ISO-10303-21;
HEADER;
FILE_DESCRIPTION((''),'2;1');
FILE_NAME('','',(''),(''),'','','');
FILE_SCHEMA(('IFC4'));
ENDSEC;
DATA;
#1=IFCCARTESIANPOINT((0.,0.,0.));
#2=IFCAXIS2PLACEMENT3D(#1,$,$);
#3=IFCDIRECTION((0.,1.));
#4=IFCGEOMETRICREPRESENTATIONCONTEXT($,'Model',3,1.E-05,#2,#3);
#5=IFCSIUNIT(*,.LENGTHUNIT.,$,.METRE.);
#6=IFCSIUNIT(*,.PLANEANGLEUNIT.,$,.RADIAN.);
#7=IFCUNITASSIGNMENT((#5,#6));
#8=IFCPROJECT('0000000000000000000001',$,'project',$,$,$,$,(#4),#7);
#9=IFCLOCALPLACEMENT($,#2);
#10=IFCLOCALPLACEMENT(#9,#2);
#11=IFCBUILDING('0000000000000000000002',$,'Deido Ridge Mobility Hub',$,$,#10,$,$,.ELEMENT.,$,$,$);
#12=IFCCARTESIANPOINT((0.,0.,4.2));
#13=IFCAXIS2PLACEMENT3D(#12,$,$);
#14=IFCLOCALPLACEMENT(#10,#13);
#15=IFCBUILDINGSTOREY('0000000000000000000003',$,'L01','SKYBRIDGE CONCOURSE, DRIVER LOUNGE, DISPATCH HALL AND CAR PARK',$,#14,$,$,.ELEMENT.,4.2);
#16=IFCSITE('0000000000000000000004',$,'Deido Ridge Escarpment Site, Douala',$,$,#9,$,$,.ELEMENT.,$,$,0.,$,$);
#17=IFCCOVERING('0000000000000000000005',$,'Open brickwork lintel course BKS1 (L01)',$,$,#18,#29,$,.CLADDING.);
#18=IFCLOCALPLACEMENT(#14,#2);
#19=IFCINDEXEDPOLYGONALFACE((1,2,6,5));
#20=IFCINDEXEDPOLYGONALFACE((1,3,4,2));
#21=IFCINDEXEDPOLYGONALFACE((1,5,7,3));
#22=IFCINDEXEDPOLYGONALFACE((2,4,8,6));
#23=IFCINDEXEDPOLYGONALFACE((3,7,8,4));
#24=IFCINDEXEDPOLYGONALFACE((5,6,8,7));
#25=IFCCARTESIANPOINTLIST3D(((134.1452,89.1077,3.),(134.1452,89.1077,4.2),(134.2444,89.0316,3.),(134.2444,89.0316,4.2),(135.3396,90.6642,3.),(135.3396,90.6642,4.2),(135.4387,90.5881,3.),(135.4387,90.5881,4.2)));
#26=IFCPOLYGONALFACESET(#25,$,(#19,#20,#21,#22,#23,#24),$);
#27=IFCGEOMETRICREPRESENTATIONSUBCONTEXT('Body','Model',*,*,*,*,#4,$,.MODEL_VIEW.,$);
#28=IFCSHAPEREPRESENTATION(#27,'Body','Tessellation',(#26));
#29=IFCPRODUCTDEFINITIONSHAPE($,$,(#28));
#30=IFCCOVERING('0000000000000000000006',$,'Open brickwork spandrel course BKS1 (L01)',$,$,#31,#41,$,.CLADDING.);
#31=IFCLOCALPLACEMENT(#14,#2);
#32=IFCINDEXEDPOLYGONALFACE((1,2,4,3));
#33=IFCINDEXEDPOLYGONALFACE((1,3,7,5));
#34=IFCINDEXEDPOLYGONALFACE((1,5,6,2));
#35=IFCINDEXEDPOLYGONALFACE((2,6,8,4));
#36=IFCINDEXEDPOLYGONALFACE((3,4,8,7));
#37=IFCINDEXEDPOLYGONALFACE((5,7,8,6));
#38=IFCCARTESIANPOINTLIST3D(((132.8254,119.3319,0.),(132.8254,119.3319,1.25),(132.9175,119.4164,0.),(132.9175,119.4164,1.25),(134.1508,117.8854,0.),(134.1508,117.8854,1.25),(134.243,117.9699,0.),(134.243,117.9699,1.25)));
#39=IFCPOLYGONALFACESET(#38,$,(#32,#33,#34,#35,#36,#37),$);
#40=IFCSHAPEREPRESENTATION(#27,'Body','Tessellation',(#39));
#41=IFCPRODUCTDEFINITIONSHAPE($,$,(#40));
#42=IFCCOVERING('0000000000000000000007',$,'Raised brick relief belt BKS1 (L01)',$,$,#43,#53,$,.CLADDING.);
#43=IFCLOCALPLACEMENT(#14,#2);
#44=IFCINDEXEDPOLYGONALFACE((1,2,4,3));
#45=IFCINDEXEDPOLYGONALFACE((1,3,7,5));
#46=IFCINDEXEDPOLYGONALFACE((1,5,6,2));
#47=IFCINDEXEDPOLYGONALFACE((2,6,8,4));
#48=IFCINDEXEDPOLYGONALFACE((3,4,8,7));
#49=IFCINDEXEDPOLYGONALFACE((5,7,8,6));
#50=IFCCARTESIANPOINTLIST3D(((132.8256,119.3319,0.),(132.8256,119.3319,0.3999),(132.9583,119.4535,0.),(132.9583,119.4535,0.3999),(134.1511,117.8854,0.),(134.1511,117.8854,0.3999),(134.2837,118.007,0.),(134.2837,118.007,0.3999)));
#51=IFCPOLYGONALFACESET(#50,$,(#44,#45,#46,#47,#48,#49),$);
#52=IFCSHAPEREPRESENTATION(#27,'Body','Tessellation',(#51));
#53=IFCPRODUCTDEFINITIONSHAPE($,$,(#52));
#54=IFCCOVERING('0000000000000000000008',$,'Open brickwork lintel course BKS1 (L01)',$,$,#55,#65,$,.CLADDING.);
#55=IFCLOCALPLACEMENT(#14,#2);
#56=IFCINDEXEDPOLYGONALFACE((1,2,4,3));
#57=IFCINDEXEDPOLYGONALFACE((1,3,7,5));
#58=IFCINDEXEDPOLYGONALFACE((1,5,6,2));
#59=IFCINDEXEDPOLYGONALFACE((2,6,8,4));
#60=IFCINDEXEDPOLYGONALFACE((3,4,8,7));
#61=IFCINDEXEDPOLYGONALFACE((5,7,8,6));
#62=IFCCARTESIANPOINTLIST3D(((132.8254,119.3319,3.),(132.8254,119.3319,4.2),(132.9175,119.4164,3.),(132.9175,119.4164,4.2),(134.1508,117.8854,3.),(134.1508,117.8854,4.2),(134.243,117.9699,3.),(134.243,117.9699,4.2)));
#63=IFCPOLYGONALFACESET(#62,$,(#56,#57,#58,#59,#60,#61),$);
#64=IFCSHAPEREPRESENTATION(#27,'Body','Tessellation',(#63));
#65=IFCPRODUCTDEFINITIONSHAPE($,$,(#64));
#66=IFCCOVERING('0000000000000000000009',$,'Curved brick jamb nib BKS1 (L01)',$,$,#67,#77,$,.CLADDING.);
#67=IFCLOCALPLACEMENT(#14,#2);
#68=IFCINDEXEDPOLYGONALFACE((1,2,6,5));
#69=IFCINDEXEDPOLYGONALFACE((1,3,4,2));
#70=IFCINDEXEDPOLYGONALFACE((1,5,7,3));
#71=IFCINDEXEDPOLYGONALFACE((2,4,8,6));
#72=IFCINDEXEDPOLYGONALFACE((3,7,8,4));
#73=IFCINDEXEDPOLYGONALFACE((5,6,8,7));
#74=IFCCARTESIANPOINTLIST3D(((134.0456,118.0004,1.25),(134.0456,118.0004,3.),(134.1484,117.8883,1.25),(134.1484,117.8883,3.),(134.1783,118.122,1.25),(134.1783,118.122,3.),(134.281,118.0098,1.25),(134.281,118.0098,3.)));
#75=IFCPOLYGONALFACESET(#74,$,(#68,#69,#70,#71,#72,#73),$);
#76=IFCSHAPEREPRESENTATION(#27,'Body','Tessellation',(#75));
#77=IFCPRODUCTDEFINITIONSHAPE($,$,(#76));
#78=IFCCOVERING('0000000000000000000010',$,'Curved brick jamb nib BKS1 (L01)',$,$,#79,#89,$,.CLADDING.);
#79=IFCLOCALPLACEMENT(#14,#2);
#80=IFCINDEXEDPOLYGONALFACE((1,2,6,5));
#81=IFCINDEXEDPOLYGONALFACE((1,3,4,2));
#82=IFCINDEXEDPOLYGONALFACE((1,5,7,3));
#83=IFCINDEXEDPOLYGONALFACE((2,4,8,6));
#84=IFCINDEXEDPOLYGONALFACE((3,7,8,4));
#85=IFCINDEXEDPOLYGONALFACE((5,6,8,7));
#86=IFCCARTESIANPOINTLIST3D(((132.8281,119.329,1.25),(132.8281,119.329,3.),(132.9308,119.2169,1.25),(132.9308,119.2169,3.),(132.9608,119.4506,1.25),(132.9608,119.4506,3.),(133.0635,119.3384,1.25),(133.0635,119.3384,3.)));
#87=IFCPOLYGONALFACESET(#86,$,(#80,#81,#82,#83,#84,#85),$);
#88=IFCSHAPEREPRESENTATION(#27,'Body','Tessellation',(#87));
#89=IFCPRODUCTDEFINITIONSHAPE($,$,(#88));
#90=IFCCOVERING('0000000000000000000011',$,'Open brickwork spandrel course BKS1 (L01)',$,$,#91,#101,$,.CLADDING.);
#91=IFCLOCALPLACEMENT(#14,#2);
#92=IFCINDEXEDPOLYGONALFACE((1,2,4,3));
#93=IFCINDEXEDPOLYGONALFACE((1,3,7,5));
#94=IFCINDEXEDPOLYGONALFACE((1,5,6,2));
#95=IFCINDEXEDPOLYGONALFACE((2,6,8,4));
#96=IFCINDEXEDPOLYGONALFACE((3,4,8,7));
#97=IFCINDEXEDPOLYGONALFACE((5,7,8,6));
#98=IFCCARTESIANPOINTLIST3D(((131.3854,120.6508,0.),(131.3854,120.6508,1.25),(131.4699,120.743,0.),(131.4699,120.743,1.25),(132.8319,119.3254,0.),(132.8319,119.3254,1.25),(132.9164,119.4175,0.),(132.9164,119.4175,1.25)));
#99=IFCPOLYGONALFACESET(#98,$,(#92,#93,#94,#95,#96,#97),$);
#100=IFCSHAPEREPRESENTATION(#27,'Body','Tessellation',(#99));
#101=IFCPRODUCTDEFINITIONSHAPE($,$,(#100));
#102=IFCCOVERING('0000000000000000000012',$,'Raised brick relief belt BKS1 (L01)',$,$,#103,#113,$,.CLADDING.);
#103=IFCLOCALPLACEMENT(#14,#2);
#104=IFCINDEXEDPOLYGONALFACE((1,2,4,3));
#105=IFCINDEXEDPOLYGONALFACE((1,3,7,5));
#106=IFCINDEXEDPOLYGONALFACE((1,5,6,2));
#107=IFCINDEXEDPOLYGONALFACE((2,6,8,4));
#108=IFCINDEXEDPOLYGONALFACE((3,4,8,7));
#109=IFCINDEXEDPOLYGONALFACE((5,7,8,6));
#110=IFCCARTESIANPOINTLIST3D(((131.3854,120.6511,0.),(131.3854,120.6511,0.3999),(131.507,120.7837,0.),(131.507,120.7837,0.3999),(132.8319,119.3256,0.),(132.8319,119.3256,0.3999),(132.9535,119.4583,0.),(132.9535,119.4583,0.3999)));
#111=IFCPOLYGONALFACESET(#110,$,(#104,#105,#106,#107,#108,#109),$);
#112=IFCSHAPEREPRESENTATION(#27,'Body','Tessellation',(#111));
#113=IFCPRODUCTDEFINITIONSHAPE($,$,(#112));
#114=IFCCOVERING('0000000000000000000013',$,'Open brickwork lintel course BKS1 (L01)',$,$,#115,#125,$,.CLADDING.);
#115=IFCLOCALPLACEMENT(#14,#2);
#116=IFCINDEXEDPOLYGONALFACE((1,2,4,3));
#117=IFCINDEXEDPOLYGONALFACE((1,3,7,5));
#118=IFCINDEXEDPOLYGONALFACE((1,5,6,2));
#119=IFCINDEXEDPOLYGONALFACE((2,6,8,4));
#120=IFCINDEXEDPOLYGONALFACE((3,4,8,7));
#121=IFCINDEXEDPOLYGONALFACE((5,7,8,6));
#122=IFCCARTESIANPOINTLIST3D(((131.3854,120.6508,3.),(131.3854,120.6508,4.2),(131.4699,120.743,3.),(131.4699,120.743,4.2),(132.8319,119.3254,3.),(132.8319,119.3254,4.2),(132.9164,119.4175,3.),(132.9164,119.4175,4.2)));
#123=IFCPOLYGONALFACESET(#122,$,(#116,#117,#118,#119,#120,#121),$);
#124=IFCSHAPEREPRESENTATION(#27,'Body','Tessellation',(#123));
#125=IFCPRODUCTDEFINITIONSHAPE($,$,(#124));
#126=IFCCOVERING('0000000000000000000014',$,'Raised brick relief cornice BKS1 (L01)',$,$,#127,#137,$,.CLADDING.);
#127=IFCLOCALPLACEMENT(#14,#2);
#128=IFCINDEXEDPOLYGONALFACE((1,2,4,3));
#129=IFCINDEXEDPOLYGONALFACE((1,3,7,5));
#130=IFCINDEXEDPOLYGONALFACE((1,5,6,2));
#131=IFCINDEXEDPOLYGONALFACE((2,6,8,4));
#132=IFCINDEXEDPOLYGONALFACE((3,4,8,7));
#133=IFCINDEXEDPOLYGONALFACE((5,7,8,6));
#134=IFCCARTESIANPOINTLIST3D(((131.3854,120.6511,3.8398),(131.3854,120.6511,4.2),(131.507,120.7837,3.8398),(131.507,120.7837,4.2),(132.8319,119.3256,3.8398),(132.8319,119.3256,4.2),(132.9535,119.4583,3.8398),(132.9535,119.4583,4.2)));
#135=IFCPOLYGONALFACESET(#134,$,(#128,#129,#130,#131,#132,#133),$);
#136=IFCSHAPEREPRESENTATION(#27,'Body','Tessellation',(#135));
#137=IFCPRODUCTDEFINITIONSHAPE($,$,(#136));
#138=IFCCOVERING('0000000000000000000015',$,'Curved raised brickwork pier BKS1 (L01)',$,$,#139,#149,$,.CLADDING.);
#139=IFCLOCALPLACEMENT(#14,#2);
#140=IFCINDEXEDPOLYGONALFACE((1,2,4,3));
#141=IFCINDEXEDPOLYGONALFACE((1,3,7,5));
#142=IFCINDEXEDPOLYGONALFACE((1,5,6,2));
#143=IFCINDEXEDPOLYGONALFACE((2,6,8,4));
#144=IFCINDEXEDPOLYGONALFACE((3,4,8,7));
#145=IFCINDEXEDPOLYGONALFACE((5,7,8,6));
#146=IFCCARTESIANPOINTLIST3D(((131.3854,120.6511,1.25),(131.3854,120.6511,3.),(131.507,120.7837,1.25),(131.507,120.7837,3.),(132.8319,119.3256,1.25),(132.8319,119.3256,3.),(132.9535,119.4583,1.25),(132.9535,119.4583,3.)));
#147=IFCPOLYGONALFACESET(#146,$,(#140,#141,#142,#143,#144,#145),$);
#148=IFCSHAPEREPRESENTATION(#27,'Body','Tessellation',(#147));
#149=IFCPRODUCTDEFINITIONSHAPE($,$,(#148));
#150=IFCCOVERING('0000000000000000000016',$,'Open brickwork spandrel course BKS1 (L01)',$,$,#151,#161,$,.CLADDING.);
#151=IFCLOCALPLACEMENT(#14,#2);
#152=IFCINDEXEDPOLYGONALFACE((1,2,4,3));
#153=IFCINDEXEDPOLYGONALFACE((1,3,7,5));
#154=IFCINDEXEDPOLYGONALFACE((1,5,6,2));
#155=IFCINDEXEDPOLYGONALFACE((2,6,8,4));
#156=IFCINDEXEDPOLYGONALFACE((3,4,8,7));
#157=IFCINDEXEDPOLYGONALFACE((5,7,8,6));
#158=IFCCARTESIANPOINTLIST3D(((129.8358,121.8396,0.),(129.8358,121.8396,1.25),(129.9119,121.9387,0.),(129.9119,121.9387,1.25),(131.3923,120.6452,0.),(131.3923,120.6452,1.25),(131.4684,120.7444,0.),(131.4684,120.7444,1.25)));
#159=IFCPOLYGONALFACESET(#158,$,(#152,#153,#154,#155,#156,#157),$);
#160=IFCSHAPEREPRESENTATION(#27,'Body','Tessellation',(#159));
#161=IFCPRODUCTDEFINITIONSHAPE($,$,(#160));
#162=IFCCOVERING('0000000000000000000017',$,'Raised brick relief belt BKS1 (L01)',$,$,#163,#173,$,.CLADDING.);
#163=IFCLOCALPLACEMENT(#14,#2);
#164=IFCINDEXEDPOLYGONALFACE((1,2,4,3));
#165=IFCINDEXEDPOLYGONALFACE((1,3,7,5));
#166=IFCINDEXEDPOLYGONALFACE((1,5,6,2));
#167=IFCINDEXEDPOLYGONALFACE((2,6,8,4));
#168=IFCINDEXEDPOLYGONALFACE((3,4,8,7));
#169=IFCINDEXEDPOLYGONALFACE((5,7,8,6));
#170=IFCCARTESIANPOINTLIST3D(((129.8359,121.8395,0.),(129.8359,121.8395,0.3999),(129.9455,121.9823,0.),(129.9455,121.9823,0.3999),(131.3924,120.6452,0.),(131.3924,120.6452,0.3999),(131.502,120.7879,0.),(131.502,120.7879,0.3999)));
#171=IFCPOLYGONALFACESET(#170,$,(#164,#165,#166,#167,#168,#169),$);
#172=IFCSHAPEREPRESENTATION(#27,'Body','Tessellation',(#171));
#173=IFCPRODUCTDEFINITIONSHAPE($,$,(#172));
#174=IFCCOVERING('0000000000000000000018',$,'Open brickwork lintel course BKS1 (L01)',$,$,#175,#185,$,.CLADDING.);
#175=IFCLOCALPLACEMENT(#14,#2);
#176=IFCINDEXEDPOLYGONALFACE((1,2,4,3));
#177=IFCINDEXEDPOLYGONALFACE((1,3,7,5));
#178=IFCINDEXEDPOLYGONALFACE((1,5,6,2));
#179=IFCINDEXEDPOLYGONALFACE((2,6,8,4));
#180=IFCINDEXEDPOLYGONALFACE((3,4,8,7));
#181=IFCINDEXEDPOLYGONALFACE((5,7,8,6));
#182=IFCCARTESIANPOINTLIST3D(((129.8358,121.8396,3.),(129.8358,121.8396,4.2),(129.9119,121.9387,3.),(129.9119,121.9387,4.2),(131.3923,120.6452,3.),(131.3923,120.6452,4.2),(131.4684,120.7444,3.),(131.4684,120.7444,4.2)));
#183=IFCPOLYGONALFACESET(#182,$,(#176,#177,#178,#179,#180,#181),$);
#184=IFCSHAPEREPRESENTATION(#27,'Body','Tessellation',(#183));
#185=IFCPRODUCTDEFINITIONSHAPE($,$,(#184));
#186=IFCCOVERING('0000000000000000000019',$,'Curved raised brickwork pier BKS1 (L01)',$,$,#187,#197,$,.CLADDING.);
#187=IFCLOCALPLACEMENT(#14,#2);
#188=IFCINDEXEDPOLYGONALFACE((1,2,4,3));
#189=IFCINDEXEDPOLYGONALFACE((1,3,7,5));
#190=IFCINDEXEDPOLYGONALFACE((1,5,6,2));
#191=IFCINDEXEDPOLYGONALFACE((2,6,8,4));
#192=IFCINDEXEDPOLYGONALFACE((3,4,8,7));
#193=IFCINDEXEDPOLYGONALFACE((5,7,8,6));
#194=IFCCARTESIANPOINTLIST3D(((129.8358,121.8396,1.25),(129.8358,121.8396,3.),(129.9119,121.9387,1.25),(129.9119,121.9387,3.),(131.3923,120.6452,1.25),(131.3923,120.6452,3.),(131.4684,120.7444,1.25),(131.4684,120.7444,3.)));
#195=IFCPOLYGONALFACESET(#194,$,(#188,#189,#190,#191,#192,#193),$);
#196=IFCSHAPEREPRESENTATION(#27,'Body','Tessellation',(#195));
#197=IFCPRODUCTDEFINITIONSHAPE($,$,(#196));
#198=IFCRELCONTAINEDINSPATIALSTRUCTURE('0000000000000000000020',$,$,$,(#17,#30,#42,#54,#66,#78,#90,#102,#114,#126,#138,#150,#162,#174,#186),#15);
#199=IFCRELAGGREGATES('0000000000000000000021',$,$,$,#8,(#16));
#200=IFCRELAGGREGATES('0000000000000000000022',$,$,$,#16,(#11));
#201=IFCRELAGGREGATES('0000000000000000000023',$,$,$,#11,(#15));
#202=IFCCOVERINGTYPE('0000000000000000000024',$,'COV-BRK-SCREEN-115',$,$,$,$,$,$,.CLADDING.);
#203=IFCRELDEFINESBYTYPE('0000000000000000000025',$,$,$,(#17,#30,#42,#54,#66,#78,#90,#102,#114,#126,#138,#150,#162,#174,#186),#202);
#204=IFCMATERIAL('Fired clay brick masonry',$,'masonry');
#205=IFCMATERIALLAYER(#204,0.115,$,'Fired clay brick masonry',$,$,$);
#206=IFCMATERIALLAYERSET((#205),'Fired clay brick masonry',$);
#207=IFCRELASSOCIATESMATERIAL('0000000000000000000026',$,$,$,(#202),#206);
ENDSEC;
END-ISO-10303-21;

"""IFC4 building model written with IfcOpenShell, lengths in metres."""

from ifc_helpers import new_model, si_unit, direction, frame, origin, origin_2d, place, context, subcontext, project, spatial, rectangle, extrude, material, layer, layer_set, type_object, element, save


model = new_model("IFC4")

# Units and contexts
model_context = context("Model", 3, precision=1e-05, world=origin(), true_north=direction((0.0, 1.0)))
body_context = subcontext(model_context, "Body", "Model", "MODEL_VIEW")
ifc_project = project(units=[si_unit("LENGTHUNIT", "METRE"), si_unit("PLANEANGLEUNIT", "RADIAN")], contexts=[model_context])

# Site, building, storey
site_placement = place(None, origin())
site = spatial("IfcSite", under=ifc_project, at=site_placement, Name="Deido Ridge Escarpment Site, Douala", CompositionType="ELEMENT", RefElevation=0.0)
building_placement = place(site_placement, origin())
building = spatial("IfcBuilding", under=site, at=building_placement, Name="Deido Ridge Mobility Hub", CompositionType="ELEMENT")
storey_placement = place(building_placement, frame((0.0, 0.0, 4.2)))
storey = spatial("IfcBuildingStorey", under=building, at=storey_placement, Name="L01", Description="SKYBRIDGE CONCOURSE, DRIVER LOUNGE, DISPATCH HALL AND CAR PARK", CompositionType="ELEMENT", Elevation=4.2)

# Coverings
ifc_material_1 = material(Name="Fired clay brick masonry", Category="masonry")
ifc_layer = layer(ifc_material_1, 0.115, Name="Fired clay brick masonry")
ifc_layer_set = layer_set([ifc_layer], Name="Fired clay brick masonry")
covering_type = type_object("IfcCoveringType", Name="COV-BRK-SCREEN-115", PredefinedType="CLADDING", material=ifc_layer_set)
covering_1_placement = place(storey_placement, frame((134.792, 89.8479, 3.0), z_axis=(0.0, 0.0, 1.0), x_axis=(0.608761, 0.793353, 0.0)))
element("IfcCovering", 1, at=covering_1_placement, inside=storey, type_object=covering_type, Name="Open brickwork lintel course BKS1 (L01)", PredefinedType="CLADDING", context=body_context, shape_type="SweptSolid", body=[
    extrude(rectangle(XDim=1.9619, YDim=0.125, at=origin_2d()), origin(), (0.0, 0.0, 1.0), 1.2),
])
covering_2_placement = place(storey_placement, frame((133.5342, 118.6509, 0.0), z_axis=(0.0, 0.0, 1.0), x_axis=(-0.675577, 0.737289, 0.0)))
element("IfcCovering", 2, at=covering_2_placement, inside=storey, type_object=covering_type, Name="Open brickwork spandrel course BKS1 (L01)", PredefinedType="CLADDING", context=body_context, shape_type="SweptSolid", body=[
    extrude(rectangle(XDim=1.9619, YDim=0.125, at=origin_2d()), origin(), (0.0, 0.0, 1.0), 1.25),
])
covering_3_placement = place(storey_placement, frame((133.5547, 118.6694, 0.0), z_axis=(0.0, 0.0, 1.0), x_axis=(-0.675577, 0.737289, 0.0)))
element("IfcCovering", 3, at=covering_3_placement, inside=storey, type_object=covering_type, Name="Raised brick relief belt BKS1 (L01)", PredefinedType="CLADDING", context=body_context, shape_type="SweptSolid", body=[
    extrude(rectangle(XDim=1.9619, YDim=0.1799, at=origin_2d()), origin(), (0.0, 0.0, 1.0), 0.3999),
])
covering_4_placement = place(storey_placement, frame((133.5342, 118.6509, 3.0), z_axis=(0.0, 0.0, 1.0), x_axis=(-0.675577, 0.737289, 0.0)))
element("IfcCovering", 4, at=covering_4_placement, inside=storey, type_object=covering_type, Name="Open brickwork lintel course BKS1 (L01)", PredefinedType="CLADDING", context=body_context, shape_type="SweptSolid", body=[
    extrude(rectangle(XDim=1.9619, YDim=0.125, at=origin_2d()), origin(), (0.0, 0.0, 1.0), 1.2),
])
for number, where, z_axis, x_axis, name in (
    (5, (134.1633, 118.0051, 1.25), (0.0, 0.0, 1.0), (-0.675577, 0.737289, 0.0), "Curved brick jamb nib BKS1 (L01)"),
    (6, (132.9458, 119.3337, 1.25), (0.0, 0.0, 1.0), (-0.675577, 0.737289, 0.0), "Curved brick jamb nib BKS1 (L01)"),
):
    element("IfcCovering", number, at=place(storey_placement, frame(where, z_axis=z_axis, x_axis=x_axis)), inside=storey, type_object=covering_type, Name=name, PredefinedType="CLADDING", context=body_context, shape_type="SweptSolid", body=[
        extrude(rectangle(XDim=0.1521, YDim=0.1799, at=origin_2d()), origin(), (0.0, 0.0, 1.0), 1.75),
    ])
covering_5_placement = place(storey_placement, frame((132.1509, 120.0342, 0.0), z_axis=(0.0, 0.0, 1.0), x_axis=(-0.737289, 0.675577, 0.0)))
element("IfcCovering", 7, at=covering_5_placement, inside=storey, type_object=covering_type, Name="Open brickwork spandrel course BKS1 (L01)", PredefinedType="CLADDING", context=body_context, shape_type="SweptSolid", body=[
    extrude(rectangle(XDim=1.9619, YDim=0.125, at=origin_2d()), origin(), (0.0, 0.0, 1.0), 1.25),
])
covering_6_placement = place(storey_placement, frame((132.1694, 120.0547, 0.0), z_axis=(0.0, 0.0, 1.0), x_axis=(-0.737289, 0.675577, 0.0)))
element("IfcCovering", 8, at=covering_6_placement, inside=storey, type_object=covering_type, Name="Raised brick relief belt BKS1 (L01)", PredefinedType="CLADDING", context=body_context, shape_type="SweptSolid", body=[
    extrude(rectangle(XDim=1.9619, YDim=0.1799, at=origin_2d()), origin(), (0.0, 0.0, 1.0), 0.3999),
])
covering_7_placement = place(storey_placement, frame((132.1509, 120.0342, 3.0), z_axis=(0.0, 0.0, 1.0), x_axis=(-0.737289, 0.675577, 0.0)))
element("IfcCovering", 9, at=covering_7_placement, inside=storey, type_object=covering_type, Name="Open brickwork lintel course BKS1 (L01)", PredefinedType="CLADDING", context=body_context, shape_type="SweptSolid", body=[
    extrude(rectangle(XDim=1.9619, YDim=0.125, at=origin_2d()), origin(), (0.0, 0.0, 1.0), 1.2),
])
covering_8_placement = place(storey_placement, frame((132.1694, 120.0547, 3.8398), z_axis=(0.0, 0.0, 1.0), x_axis=(-0.737289, 0.675577, 0.0)))
element("IfcCovering", 10, at=covering_8_placement, inside=storey, type_object=covering_type, Name="Raised brick relief cornice BKS1 (L01)", PredefinedType="CLADDING", context=body_context, shape_type="SweptSolid", body=[
    extrude(rectangle(XDim=1.9619, YDim=0.1799, at=origin_2d()), origin(), (0.0, 0.0, 1.0), 0.3601),
])
covering_9_placement = place(storey_placement, frame((132.1694, 120.0547, 1.25), z_axis=(0.0, 0.0, 1.0), x_axis=(-0.737289, 0.675577, 0.0)))
element("IfcCovering", 11, at=covering_9_placement, inside=storey, type_object=covering_type, Name="Curved raised brickwork pier BKS1 (L01)", PredefinedType="CLADDING", context=body_context, shape_type="SweptSolid", body=[
    extrude(rectangle(XDim=1.9619, YDim=0.1799, at=origin_2d()), origin(), (0.0, 0.0, 1.0), 1.75),
])
covering_10_placement = place(storey_placement, frame((130.6521, 121.292, 0.0), z_axis=(0.0, 0.0, 1.0), x_axis=(-0.793353, 0.608761, 0.0)))
element("IfcCovering", 12, at=covering_10_placement, inside=storey, type_object=covering_type, Name="Open brickwork spandrel course BKS1 (L01)", PredefinedType="CLADDING", context=body_context, shape_type="SweptSolid", body=[
    extrude(rectangle(XDim=1.9619, YDim=0.125, at=origin_2d()), origin(), (0.0, 0.0, 1.0), 1.25),
])
covering_11_placement = place(storey_placement, frame((130.6689, 121.3137, 0.0), z_axis=(0.0, 0.0, 1.0), x_axis=(-0.793353, 0.608761, 0.0)))
element("IfcCovering", 13, at=covering_11_placement, inside=storey, type_object=covering_type, Name="Raised brick relief belt BKS1 (L01)", PredefinedType="CLADDING", context=body_context, shape_type="SweptSolid", body=[
    extrude(rectangle(XDim=1.9619, YDim=0.1799, at=origin_2d()), origin(), (0.0, 0.0, 1.0), 0.3999),
])
covering_12_placement = place(storey_placement, frame((130.6521, 121.292, 3.0), z_axis=(0.0, 0.0, 1.0), x_axis=(-0.793353, 0.608761, 0.0)))
element("IfcCovering", 14, at=covering_12_placement, inside=storey, type_object=covering_type, Name="Open brickwork lintel course BKS1 (L01)", PredefinedType="CLADDING", context=body_context, shape_type="SweptSolid", body=[
    extrude(rectangle(XDim=1.9619, YDim=0.125, at=origin_2d()), origin(), (0.0, 0.0, 1.0), 1.2),
])
covering_13_placement = place(storey_placement, frame((130.6521, 121.292, 1.25), z_axis=(0.0, 0.0, 1.0), x_axis=(-0.793353, 0.608761, 0.0)))
element("IfcCovering", 15, at=covering_13_placement, inside=storey, type_object=covering_type, Name="Curved raised brickwork pier BKS1 (L01)", PredefinedType="CLADDING", context=body_context, shape_type="SweptSolid", body=[
    extrude(rectangle(XDim=1.9619, YDim=0.125, at=origin_2d()), origin(), (0.0, 0.0, 1.0), 1.75),
])

save(model, "model.ifc")
